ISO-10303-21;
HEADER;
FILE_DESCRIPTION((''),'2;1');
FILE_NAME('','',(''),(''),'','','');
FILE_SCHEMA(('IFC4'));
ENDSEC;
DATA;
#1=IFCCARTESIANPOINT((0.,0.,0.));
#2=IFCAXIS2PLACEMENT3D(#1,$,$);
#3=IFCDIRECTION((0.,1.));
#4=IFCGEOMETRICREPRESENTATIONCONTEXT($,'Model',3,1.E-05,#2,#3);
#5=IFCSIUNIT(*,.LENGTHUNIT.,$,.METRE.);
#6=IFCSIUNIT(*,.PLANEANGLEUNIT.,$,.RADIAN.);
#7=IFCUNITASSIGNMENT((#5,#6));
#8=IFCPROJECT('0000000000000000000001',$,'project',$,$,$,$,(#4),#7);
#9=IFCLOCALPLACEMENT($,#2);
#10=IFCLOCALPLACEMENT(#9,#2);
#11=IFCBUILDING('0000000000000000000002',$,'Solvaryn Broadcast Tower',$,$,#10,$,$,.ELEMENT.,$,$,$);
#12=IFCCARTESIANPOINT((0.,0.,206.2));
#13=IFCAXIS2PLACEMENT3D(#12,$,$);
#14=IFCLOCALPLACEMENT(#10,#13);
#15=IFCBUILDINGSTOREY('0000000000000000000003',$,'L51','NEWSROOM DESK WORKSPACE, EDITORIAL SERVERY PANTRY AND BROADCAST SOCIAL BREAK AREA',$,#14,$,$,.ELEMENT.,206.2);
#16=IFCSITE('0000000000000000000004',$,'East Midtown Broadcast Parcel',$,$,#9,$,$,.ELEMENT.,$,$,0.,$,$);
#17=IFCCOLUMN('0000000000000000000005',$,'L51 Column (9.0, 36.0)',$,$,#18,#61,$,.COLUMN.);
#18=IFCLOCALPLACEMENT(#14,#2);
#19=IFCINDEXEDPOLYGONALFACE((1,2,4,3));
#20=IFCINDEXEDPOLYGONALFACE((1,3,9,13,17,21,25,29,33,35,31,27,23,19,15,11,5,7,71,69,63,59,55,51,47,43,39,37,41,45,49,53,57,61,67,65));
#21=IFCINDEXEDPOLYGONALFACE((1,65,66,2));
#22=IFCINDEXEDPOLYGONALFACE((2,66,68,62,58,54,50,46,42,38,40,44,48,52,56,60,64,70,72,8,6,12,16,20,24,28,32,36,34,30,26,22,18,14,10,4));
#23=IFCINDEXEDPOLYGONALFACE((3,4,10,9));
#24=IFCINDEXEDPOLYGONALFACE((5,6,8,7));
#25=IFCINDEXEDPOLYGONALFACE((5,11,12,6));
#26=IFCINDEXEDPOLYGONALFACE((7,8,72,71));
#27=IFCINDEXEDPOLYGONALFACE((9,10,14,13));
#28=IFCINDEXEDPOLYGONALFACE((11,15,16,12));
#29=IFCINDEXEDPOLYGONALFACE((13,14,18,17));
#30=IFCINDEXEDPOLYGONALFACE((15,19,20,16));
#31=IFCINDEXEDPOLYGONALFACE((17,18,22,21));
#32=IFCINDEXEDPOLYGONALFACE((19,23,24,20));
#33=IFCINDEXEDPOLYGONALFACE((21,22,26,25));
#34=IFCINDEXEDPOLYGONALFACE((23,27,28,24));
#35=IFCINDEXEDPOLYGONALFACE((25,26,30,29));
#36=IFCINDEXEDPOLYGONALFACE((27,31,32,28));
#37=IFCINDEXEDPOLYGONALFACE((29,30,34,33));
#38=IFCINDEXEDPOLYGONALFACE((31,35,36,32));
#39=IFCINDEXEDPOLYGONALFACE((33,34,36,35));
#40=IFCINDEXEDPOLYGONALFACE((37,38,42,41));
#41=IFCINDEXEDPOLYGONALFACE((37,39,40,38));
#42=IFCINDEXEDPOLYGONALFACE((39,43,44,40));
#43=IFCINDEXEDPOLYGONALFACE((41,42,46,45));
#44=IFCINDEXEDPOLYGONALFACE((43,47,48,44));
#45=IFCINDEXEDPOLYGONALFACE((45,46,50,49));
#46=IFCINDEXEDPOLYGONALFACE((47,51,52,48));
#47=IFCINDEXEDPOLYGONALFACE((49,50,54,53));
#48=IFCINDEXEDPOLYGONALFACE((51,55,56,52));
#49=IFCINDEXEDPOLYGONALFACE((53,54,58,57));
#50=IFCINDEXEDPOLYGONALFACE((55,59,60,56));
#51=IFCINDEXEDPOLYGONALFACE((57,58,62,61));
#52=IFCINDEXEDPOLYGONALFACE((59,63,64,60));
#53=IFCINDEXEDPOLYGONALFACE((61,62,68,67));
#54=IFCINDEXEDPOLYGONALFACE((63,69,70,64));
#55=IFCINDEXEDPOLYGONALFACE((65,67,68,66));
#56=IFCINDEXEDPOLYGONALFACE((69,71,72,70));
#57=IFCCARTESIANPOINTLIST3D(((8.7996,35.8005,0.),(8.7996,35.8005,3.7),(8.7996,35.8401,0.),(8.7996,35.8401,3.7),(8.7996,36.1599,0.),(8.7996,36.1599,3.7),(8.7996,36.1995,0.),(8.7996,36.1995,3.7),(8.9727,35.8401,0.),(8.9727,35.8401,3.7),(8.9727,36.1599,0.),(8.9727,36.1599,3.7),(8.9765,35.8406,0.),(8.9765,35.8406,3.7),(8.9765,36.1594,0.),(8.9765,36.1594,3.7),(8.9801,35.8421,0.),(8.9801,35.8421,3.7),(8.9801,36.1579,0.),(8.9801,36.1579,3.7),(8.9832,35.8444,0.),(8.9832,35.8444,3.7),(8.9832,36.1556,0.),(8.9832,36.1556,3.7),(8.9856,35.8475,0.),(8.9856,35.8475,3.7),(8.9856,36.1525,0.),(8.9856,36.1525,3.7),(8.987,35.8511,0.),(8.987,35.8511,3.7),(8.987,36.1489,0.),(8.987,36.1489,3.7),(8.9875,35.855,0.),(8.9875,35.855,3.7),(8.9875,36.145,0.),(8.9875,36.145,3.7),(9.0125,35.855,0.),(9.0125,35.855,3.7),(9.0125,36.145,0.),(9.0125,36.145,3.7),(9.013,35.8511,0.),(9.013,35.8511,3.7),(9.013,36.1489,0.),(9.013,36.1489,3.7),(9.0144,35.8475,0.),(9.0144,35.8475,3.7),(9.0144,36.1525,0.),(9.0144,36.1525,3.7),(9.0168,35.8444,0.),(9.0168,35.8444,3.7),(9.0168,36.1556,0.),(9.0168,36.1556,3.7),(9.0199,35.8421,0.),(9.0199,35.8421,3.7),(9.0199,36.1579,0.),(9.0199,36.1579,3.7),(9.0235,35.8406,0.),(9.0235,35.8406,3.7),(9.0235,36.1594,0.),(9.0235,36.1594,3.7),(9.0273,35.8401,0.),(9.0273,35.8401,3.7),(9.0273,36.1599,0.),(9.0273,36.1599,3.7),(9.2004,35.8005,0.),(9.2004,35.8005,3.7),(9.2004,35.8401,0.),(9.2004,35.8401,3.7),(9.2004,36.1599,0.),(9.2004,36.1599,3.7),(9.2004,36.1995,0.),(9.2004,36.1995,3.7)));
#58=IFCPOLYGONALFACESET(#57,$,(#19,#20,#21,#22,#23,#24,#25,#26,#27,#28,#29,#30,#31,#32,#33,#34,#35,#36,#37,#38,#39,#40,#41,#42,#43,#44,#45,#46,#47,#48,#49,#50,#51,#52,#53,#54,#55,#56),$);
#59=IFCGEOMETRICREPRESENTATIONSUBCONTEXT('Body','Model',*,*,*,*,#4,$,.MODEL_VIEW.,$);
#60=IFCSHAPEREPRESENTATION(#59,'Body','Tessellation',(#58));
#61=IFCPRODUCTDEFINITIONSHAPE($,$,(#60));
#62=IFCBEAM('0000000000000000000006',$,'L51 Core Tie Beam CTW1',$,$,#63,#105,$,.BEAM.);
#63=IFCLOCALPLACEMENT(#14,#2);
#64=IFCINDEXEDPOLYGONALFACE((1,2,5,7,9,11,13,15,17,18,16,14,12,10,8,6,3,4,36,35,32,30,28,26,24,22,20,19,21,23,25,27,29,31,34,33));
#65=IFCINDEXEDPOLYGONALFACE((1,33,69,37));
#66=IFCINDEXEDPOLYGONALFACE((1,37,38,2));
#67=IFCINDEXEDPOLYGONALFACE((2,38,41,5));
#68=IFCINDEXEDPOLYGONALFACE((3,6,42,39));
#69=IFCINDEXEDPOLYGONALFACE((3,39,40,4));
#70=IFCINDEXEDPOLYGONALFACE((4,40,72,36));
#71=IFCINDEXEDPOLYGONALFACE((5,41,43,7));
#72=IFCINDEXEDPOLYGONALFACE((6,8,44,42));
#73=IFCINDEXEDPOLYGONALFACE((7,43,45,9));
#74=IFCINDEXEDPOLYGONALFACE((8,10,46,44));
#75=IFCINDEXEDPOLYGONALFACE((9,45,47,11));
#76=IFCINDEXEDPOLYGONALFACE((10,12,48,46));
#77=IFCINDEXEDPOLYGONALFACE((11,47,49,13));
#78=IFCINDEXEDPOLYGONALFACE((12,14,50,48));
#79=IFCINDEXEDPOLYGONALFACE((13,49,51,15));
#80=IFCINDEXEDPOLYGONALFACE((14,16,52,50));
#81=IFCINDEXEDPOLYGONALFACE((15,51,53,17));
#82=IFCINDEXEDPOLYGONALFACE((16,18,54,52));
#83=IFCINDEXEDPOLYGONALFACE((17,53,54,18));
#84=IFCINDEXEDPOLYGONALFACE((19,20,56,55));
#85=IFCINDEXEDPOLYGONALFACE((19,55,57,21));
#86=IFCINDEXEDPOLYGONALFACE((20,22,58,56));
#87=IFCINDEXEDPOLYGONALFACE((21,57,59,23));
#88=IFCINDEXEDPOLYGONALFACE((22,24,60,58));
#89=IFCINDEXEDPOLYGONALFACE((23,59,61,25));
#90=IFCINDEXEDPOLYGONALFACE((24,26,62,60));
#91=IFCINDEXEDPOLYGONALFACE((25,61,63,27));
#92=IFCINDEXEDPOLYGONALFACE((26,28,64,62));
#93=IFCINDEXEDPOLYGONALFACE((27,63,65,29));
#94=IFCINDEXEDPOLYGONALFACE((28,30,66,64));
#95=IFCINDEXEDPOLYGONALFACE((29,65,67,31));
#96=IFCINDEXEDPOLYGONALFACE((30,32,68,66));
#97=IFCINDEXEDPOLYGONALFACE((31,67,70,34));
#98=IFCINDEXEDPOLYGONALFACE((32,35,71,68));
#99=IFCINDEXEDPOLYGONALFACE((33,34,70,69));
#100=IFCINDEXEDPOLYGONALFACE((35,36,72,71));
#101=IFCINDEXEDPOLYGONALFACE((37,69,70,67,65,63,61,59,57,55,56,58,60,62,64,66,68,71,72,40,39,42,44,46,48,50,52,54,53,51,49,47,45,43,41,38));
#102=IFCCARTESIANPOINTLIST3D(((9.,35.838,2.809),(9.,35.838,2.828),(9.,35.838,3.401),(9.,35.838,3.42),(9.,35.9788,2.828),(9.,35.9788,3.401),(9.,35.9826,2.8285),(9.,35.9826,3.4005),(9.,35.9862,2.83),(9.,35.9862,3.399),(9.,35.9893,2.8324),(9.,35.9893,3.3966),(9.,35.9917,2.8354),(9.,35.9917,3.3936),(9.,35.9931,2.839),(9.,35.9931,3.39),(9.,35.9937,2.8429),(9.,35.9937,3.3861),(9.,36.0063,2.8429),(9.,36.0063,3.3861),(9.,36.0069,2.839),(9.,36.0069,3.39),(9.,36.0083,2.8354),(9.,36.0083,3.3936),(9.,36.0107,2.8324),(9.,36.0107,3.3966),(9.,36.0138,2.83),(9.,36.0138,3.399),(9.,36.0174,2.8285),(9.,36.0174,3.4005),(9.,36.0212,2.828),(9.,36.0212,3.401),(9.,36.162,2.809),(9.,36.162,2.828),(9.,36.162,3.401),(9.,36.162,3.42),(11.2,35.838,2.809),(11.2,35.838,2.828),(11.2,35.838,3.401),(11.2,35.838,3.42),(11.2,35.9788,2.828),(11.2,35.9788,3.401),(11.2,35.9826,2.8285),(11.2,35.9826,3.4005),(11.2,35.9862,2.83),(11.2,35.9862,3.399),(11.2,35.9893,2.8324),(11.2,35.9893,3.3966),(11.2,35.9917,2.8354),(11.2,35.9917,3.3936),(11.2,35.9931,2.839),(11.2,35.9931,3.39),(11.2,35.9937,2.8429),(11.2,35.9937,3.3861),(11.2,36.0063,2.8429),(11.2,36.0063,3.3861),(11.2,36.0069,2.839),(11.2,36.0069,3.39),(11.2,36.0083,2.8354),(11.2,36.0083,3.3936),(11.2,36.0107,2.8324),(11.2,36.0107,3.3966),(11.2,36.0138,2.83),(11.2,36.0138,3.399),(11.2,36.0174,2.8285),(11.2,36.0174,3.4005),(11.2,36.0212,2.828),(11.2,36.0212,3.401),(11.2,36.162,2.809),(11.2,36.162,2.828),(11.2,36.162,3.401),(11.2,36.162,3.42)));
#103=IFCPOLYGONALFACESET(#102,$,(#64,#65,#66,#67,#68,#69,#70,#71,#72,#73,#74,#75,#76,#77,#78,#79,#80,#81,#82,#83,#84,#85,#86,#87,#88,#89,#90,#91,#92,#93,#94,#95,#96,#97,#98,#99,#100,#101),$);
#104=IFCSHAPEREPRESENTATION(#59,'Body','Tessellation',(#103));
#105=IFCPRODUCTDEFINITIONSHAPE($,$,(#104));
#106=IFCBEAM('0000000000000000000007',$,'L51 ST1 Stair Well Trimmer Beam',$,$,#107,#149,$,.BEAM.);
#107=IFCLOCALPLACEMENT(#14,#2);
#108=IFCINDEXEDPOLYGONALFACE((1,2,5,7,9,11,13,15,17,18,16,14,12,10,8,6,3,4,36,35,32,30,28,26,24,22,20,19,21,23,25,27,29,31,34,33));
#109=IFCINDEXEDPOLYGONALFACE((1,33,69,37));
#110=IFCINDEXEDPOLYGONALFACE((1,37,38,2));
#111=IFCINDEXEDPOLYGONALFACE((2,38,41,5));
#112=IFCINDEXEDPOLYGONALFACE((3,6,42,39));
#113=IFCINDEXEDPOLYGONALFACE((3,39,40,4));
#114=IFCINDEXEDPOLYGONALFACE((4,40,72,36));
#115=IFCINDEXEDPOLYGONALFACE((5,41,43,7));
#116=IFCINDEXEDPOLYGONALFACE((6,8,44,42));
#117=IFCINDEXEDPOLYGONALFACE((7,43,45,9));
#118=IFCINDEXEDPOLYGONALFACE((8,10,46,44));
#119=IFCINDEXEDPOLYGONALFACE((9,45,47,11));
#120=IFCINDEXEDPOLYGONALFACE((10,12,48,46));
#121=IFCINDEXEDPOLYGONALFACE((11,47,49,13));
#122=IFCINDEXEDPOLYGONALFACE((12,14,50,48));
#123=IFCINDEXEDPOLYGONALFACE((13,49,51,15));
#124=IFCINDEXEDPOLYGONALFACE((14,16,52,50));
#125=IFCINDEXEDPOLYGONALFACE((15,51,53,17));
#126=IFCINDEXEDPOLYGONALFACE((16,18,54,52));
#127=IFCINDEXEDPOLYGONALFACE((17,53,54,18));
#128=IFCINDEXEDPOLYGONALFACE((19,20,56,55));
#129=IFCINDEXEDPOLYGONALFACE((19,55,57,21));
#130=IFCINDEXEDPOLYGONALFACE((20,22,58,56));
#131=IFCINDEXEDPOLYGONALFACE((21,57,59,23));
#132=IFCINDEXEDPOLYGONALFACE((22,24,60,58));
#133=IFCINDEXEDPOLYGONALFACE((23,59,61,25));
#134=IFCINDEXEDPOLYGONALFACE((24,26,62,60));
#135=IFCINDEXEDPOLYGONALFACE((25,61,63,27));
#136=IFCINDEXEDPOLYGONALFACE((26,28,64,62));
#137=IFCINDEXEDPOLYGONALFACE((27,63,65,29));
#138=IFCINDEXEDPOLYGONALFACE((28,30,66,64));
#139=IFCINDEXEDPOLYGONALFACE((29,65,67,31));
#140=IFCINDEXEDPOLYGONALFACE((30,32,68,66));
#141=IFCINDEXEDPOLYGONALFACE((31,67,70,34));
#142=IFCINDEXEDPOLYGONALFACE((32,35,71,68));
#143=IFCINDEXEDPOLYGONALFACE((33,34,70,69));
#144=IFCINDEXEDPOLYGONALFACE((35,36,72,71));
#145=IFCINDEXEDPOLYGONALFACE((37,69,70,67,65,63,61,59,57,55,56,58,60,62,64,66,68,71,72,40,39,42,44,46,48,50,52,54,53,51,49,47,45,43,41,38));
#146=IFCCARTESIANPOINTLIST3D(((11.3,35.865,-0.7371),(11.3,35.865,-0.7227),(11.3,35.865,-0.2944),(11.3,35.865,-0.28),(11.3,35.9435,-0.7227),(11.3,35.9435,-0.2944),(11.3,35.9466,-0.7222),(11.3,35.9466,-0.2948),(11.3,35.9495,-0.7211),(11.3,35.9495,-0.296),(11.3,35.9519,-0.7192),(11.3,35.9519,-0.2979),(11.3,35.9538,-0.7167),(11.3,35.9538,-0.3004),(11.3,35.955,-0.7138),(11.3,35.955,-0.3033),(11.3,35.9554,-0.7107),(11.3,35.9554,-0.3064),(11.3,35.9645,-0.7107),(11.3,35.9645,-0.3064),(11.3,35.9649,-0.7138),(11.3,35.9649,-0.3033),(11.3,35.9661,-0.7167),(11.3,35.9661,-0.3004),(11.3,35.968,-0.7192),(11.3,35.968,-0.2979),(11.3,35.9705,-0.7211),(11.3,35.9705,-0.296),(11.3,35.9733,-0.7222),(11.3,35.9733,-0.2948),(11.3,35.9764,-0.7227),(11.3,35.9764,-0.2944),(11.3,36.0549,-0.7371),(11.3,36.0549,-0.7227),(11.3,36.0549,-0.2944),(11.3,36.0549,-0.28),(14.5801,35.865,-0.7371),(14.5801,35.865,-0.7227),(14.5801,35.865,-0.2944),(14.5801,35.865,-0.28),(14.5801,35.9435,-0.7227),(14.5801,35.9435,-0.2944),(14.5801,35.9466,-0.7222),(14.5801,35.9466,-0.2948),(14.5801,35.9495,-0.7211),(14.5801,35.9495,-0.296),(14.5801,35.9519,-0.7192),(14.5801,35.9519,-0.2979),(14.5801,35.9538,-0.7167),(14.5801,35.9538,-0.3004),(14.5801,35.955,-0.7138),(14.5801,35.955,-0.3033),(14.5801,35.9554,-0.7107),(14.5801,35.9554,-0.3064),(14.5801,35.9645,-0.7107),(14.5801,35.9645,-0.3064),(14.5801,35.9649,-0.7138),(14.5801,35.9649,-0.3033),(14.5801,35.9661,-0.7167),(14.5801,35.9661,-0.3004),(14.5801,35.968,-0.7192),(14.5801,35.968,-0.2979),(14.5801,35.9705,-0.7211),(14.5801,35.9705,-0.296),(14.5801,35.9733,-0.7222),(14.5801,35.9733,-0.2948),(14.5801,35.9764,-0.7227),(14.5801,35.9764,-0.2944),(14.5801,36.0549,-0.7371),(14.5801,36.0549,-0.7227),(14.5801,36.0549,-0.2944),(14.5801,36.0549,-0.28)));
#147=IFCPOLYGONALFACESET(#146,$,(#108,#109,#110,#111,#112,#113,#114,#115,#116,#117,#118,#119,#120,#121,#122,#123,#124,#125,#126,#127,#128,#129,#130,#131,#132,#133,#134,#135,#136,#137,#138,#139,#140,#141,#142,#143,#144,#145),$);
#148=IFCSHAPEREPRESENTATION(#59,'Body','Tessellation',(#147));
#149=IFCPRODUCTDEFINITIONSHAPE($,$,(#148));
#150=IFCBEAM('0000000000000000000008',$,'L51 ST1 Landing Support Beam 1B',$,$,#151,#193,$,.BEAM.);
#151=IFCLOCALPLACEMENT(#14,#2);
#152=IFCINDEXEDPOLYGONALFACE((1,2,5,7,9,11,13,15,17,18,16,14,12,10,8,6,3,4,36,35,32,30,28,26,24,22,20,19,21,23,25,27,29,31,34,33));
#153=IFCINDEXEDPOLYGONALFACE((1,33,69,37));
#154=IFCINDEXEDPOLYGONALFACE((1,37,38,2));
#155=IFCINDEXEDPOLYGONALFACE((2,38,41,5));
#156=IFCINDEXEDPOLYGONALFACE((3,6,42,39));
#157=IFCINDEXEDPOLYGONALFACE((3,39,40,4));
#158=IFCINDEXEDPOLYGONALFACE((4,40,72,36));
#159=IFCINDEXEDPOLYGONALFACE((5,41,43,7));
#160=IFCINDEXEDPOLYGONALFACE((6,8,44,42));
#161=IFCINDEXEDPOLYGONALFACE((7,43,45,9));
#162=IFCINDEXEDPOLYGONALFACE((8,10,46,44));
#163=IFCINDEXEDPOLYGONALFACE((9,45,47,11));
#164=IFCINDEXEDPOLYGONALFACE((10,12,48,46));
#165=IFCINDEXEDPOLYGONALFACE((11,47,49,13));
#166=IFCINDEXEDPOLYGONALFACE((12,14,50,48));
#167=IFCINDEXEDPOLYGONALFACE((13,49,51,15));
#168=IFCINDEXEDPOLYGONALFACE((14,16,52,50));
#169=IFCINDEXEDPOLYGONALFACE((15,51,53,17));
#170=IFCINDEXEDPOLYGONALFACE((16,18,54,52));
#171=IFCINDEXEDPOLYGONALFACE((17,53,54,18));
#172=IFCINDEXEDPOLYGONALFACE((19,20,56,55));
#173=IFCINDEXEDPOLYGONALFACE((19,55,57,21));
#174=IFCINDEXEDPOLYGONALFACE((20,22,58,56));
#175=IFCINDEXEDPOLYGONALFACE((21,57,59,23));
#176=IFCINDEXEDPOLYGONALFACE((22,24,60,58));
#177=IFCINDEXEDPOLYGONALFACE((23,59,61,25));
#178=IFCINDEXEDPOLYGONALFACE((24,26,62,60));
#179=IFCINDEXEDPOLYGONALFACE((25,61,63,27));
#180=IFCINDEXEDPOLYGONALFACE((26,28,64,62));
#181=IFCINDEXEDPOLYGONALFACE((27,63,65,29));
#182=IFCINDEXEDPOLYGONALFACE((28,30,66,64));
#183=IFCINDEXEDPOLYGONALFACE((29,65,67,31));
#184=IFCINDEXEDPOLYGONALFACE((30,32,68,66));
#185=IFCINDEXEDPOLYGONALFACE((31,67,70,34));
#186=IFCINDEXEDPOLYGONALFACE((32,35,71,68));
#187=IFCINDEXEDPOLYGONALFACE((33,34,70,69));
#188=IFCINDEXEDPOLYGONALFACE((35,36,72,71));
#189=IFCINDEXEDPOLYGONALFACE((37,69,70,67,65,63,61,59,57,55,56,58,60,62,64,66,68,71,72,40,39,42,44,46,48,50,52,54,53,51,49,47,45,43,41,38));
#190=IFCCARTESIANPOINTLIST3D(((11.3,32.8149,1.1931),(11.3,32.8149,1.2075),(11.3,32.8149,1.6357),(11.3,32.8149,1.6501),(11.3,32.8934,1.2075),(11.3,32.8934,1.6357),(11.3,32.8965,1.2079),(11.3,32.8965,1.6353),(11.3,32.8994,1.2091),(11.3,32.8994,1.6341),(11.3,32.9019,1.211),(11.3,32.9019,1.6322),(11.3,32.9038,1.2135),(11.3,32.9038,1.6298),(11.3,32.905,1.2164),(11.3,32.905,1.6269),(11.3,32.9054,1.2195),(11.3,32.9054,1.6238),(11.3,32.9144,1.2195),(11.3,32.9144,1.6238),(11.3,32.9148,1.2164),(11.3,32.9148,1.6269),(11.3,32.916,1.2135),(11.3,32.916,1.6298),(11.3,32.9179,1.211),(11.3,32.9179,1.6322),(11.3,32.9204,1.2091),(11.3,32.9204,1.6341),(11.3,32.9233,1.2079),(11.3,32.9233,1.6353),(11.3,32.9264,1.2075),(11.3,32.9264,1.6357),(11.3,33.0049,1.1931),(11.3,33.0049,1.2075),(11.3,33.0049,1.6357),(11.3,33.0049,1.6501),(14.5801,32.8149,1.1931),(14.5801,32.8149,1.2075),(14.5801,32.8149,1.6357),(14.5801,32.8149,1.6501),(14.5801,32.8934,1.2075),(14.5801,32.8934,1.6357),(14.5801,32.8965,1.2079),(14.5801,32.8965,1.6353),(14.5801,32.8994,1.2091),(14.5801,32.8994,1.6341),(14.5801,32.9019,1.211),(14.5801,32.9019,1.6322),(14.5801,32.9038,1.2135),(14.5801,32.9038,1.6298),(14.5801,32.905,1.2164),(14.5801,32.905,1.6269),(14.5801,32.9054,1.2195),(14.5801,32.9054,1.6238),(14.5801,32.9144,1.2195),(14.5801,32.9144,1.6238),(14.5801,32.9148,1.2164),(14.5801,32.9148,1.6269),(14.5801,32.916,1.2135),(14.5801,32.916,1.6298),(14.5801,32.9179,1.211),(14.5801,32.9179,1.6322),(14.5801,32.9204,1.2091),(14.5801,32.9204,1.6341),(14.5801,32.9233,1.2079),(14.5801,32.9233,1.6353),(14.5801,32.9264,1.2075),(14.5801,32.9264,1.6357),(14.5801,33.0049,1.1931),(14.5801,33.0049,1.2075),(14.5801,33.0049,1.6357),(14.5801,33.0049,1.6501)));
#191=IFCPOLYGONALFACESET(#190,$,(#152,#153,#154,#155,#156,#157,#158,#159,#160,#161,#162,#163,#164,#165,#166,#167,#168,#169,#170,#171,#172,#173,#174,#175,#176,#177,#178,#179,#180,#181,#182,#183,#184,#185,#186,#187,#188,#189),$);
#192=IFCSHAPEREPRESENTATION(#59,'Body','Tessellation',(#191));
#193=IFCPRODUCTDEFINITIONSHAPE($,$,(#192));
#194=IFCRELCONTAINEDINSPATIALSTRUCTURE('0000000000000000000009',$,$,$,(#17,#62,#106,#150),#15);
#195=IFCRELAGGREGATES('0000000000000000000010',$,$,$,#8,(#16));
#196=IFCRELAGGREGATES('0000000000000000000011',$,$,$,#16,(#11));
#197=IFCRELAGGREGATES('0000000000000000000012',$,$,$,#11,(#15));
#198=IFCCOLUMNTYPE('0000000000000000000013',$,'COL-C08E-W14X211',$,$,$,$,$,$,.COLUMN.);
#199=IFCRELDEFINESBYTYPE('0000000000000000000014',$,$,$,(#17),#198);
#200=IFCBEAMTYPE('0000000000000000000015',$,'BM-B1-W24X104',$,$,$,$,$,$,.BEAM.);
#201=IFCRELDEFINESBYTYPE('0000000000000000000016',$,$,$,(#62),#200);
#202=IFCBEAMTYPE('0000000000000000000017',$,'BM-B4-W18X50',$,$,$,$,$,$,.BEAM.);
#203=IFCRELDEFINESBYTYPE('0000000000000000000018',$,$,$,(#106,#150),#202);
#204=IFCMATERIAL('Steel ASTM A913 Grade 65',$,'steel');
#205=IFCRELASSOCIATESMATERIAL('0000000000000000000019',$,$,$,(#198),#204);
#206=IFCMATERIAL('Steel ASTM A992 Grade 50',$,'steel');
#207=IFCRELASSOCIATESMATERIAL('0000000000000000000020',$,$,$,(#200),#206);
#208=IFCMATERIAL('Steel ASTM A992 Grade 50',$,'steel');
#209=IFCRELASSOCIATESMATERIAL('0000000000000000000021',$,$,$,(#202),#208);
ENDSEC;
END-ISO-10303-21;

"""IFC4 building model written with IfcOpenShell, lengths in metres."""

from ifc_helpers import new_model, si_unit, direction, frame, origin, origin_2d, place, context, subcontext, project, spatial, i_section, extrude, material, material_profile, profile_set, type_object, element, save


model = new_model("IFC4")

# Units and contexts
model_context = context("Model", 3, precision=1e-05, world=origin(), true_north=direction((0.0, 1.0)))
body_context = subcontext(model_context, "Body", "Model", "MODEL_VIEW")
ifc_project = project(units=[si_unit("LENGTHUNIT", "METRE"), si_unit("PLANEANGLEUNIT", "RADIAN")], contexts=[model_context])

# Site, building, storey
site_placement = place(None, origin())
site = spatial("IfcSite", under=ifc_project, at=site_placement, Name="East Midtown Broadcast Parcel", CompositionType="ELEMENT", RefElevation=0.0)
building_placement = place(site_placement, origin())
building = spatial("IfcBuilding", under=site, at=building_placement, Name="Solvaryn Broadcast Tower", CompositionType="ELEMENT")
storey_placement = place(building_placement, frame((0.0, 0.0, 206.2)))
storey = spatial("IfcBuildingStorey", under=building, at=storey_placement, Name="L51", Description="NEWSROOM DESK WORKSPACE, EDITORIAL SERVERY PANTRY AND BROADCAST SOCIAL BREAK AREA", CompositionType="ELEMENT", Elevation=206.2)

# Column
ifc_material_1 = material(Name="Steel ASTM A913 Grade 65", Category="steel")
ifc_material_profile_1 = material_profile(ifc_material_1, i_section(OverallWidth=0.4009, OverallDepth=0.3989, WebThickness=0.0249, FlangeThickness=0.0396, FilletRadius=0.0149, at=origin_2d()))
ifc_profile_set_1 = profile_set([ifc_material_profile_1], Name="Steel ASTM A913 Grade 65")
column_type = type_object("IfcColumnType", Name="COL-C08E-W14X211", PredefinedType="COLUMN", material=ifc_profile_set_1)
column_placement = place(storey_placement, frame((9.0, 36.0, 0.0), z_axis=(0.0, 0.0, 1.0), x_axis=(1.0, 0.0, 0.0)))
element("IfcColumn", 1, at=column_placement, inside=storey, type_object=column_type, Name="L51 Column (9.0, 36.0)", PredefinedType="COLUMN", context=body_context, shape_type="SweptSolid", body=[
    extrude(i_section(OverallWidth=0.4009, OverallDepth=0.3989, WebThickness=0.0249, FlangeThickness=0.0396, FilletRadius=0.0149, at=origin_2d()), origin(), (0.0, 0.0, 1.0), 3.7),
])

# Beams
ifc_material_2 = material(Name="Steel ASTM A992 Grade 50", Category="steel")
ifc_material_profile_2 = material_profile(ifc_material_2, i_section(OverallWidth=0.324, OverallDepth=0.6111, WebThickness=0.0127, FlangeThickness=0.019, FilletRadius=0.0149, at=origin_2d()))
ifc_profile_set_2 = profile_set([ifc_material_profile_2], Name="Steel ASTM A992 Grade 50")
beam_type_1 = type_object("IfcBeamType", Name="BM-B1-W24X104", PredefinedType="BEAM", material=ifc_profile_set_2)
beam_placement = place(storey_placement, frame((9.0, 36.0, 3.1145), z_axis=(1.0, 0.0, 0.0), x_axis=(0.0, 1.0, 0.0)))
element("IfcBeam", 2, at=beam_placement, inside=storey, type_object=beam_type_1, Name="L51 Core Tie Beam CTW1", PredefinedType="BEAM", context=body_context, shape_type="SweptSolid", body=[
    extrude(i_section(OverallWidth=0.324, OverallDepth=0.6111, WebThickness=0.0127, FlangeThickness=0.019, FilletRadius=0.0149, at=origin_2d()), origin(), (0.0, 0.0, 1.0), 2.2),
])
ifc_material_3 = material(Name="Steel ASTM A992 Grade 50", Category="steel")
ifc_material_profile_3 = material_profile(ifc_material_3, i_section(OverallWidth=0.1899, OverallDepth=0.457, WebThickness=0.009, FlangeThickness=0.0144, FilletRadius=0.012, at=origin_2d()))
ifc_profile_set_3 = profile_set([ifc_material_profile_3], Name="Steel ASTM A992 Grade 50")
beam_type_2 = type_object("IfcBeamType", Name="BM-B4-W18X50", PredefinedType="BEAM", material=ifc_profile_set_3)
for number, where, z_axis, x_axis, name in (
    (3, (11.3, 35.96, -0.5085), (1.0, 0.0, 0.0), (0.0, 1.0, 0.0), "L51 ST1 Stair Well Trimmer Beam"),
    (4, (11.3, 32.9099, 1.4216), (1.0, 0.0, 0.0), (0.0, 1.0, 0.0), "L51 ST1 Landing Support Beam 1B"),
):
    element("IfcBeam", number, at=place(storey_placement, frame(where, z_axis=z_axis, x_axis=x_axis)), inside=storey, type_object=beam_type_2, Name=name, PredefinedType="BEAM", context=body_context, shape_type="SweptSolid", body=[
        extrude(i_section(OverallWidth=0.1899, OverallDepth=0.457, WebThickness=0.009, FlangeThickness=0.0144, FilletRadius=0.012, at=origin_2d()), origin(), (0.0, 0.0, 1.0), 3.28),
    ])

save(model, "model.ifc")
